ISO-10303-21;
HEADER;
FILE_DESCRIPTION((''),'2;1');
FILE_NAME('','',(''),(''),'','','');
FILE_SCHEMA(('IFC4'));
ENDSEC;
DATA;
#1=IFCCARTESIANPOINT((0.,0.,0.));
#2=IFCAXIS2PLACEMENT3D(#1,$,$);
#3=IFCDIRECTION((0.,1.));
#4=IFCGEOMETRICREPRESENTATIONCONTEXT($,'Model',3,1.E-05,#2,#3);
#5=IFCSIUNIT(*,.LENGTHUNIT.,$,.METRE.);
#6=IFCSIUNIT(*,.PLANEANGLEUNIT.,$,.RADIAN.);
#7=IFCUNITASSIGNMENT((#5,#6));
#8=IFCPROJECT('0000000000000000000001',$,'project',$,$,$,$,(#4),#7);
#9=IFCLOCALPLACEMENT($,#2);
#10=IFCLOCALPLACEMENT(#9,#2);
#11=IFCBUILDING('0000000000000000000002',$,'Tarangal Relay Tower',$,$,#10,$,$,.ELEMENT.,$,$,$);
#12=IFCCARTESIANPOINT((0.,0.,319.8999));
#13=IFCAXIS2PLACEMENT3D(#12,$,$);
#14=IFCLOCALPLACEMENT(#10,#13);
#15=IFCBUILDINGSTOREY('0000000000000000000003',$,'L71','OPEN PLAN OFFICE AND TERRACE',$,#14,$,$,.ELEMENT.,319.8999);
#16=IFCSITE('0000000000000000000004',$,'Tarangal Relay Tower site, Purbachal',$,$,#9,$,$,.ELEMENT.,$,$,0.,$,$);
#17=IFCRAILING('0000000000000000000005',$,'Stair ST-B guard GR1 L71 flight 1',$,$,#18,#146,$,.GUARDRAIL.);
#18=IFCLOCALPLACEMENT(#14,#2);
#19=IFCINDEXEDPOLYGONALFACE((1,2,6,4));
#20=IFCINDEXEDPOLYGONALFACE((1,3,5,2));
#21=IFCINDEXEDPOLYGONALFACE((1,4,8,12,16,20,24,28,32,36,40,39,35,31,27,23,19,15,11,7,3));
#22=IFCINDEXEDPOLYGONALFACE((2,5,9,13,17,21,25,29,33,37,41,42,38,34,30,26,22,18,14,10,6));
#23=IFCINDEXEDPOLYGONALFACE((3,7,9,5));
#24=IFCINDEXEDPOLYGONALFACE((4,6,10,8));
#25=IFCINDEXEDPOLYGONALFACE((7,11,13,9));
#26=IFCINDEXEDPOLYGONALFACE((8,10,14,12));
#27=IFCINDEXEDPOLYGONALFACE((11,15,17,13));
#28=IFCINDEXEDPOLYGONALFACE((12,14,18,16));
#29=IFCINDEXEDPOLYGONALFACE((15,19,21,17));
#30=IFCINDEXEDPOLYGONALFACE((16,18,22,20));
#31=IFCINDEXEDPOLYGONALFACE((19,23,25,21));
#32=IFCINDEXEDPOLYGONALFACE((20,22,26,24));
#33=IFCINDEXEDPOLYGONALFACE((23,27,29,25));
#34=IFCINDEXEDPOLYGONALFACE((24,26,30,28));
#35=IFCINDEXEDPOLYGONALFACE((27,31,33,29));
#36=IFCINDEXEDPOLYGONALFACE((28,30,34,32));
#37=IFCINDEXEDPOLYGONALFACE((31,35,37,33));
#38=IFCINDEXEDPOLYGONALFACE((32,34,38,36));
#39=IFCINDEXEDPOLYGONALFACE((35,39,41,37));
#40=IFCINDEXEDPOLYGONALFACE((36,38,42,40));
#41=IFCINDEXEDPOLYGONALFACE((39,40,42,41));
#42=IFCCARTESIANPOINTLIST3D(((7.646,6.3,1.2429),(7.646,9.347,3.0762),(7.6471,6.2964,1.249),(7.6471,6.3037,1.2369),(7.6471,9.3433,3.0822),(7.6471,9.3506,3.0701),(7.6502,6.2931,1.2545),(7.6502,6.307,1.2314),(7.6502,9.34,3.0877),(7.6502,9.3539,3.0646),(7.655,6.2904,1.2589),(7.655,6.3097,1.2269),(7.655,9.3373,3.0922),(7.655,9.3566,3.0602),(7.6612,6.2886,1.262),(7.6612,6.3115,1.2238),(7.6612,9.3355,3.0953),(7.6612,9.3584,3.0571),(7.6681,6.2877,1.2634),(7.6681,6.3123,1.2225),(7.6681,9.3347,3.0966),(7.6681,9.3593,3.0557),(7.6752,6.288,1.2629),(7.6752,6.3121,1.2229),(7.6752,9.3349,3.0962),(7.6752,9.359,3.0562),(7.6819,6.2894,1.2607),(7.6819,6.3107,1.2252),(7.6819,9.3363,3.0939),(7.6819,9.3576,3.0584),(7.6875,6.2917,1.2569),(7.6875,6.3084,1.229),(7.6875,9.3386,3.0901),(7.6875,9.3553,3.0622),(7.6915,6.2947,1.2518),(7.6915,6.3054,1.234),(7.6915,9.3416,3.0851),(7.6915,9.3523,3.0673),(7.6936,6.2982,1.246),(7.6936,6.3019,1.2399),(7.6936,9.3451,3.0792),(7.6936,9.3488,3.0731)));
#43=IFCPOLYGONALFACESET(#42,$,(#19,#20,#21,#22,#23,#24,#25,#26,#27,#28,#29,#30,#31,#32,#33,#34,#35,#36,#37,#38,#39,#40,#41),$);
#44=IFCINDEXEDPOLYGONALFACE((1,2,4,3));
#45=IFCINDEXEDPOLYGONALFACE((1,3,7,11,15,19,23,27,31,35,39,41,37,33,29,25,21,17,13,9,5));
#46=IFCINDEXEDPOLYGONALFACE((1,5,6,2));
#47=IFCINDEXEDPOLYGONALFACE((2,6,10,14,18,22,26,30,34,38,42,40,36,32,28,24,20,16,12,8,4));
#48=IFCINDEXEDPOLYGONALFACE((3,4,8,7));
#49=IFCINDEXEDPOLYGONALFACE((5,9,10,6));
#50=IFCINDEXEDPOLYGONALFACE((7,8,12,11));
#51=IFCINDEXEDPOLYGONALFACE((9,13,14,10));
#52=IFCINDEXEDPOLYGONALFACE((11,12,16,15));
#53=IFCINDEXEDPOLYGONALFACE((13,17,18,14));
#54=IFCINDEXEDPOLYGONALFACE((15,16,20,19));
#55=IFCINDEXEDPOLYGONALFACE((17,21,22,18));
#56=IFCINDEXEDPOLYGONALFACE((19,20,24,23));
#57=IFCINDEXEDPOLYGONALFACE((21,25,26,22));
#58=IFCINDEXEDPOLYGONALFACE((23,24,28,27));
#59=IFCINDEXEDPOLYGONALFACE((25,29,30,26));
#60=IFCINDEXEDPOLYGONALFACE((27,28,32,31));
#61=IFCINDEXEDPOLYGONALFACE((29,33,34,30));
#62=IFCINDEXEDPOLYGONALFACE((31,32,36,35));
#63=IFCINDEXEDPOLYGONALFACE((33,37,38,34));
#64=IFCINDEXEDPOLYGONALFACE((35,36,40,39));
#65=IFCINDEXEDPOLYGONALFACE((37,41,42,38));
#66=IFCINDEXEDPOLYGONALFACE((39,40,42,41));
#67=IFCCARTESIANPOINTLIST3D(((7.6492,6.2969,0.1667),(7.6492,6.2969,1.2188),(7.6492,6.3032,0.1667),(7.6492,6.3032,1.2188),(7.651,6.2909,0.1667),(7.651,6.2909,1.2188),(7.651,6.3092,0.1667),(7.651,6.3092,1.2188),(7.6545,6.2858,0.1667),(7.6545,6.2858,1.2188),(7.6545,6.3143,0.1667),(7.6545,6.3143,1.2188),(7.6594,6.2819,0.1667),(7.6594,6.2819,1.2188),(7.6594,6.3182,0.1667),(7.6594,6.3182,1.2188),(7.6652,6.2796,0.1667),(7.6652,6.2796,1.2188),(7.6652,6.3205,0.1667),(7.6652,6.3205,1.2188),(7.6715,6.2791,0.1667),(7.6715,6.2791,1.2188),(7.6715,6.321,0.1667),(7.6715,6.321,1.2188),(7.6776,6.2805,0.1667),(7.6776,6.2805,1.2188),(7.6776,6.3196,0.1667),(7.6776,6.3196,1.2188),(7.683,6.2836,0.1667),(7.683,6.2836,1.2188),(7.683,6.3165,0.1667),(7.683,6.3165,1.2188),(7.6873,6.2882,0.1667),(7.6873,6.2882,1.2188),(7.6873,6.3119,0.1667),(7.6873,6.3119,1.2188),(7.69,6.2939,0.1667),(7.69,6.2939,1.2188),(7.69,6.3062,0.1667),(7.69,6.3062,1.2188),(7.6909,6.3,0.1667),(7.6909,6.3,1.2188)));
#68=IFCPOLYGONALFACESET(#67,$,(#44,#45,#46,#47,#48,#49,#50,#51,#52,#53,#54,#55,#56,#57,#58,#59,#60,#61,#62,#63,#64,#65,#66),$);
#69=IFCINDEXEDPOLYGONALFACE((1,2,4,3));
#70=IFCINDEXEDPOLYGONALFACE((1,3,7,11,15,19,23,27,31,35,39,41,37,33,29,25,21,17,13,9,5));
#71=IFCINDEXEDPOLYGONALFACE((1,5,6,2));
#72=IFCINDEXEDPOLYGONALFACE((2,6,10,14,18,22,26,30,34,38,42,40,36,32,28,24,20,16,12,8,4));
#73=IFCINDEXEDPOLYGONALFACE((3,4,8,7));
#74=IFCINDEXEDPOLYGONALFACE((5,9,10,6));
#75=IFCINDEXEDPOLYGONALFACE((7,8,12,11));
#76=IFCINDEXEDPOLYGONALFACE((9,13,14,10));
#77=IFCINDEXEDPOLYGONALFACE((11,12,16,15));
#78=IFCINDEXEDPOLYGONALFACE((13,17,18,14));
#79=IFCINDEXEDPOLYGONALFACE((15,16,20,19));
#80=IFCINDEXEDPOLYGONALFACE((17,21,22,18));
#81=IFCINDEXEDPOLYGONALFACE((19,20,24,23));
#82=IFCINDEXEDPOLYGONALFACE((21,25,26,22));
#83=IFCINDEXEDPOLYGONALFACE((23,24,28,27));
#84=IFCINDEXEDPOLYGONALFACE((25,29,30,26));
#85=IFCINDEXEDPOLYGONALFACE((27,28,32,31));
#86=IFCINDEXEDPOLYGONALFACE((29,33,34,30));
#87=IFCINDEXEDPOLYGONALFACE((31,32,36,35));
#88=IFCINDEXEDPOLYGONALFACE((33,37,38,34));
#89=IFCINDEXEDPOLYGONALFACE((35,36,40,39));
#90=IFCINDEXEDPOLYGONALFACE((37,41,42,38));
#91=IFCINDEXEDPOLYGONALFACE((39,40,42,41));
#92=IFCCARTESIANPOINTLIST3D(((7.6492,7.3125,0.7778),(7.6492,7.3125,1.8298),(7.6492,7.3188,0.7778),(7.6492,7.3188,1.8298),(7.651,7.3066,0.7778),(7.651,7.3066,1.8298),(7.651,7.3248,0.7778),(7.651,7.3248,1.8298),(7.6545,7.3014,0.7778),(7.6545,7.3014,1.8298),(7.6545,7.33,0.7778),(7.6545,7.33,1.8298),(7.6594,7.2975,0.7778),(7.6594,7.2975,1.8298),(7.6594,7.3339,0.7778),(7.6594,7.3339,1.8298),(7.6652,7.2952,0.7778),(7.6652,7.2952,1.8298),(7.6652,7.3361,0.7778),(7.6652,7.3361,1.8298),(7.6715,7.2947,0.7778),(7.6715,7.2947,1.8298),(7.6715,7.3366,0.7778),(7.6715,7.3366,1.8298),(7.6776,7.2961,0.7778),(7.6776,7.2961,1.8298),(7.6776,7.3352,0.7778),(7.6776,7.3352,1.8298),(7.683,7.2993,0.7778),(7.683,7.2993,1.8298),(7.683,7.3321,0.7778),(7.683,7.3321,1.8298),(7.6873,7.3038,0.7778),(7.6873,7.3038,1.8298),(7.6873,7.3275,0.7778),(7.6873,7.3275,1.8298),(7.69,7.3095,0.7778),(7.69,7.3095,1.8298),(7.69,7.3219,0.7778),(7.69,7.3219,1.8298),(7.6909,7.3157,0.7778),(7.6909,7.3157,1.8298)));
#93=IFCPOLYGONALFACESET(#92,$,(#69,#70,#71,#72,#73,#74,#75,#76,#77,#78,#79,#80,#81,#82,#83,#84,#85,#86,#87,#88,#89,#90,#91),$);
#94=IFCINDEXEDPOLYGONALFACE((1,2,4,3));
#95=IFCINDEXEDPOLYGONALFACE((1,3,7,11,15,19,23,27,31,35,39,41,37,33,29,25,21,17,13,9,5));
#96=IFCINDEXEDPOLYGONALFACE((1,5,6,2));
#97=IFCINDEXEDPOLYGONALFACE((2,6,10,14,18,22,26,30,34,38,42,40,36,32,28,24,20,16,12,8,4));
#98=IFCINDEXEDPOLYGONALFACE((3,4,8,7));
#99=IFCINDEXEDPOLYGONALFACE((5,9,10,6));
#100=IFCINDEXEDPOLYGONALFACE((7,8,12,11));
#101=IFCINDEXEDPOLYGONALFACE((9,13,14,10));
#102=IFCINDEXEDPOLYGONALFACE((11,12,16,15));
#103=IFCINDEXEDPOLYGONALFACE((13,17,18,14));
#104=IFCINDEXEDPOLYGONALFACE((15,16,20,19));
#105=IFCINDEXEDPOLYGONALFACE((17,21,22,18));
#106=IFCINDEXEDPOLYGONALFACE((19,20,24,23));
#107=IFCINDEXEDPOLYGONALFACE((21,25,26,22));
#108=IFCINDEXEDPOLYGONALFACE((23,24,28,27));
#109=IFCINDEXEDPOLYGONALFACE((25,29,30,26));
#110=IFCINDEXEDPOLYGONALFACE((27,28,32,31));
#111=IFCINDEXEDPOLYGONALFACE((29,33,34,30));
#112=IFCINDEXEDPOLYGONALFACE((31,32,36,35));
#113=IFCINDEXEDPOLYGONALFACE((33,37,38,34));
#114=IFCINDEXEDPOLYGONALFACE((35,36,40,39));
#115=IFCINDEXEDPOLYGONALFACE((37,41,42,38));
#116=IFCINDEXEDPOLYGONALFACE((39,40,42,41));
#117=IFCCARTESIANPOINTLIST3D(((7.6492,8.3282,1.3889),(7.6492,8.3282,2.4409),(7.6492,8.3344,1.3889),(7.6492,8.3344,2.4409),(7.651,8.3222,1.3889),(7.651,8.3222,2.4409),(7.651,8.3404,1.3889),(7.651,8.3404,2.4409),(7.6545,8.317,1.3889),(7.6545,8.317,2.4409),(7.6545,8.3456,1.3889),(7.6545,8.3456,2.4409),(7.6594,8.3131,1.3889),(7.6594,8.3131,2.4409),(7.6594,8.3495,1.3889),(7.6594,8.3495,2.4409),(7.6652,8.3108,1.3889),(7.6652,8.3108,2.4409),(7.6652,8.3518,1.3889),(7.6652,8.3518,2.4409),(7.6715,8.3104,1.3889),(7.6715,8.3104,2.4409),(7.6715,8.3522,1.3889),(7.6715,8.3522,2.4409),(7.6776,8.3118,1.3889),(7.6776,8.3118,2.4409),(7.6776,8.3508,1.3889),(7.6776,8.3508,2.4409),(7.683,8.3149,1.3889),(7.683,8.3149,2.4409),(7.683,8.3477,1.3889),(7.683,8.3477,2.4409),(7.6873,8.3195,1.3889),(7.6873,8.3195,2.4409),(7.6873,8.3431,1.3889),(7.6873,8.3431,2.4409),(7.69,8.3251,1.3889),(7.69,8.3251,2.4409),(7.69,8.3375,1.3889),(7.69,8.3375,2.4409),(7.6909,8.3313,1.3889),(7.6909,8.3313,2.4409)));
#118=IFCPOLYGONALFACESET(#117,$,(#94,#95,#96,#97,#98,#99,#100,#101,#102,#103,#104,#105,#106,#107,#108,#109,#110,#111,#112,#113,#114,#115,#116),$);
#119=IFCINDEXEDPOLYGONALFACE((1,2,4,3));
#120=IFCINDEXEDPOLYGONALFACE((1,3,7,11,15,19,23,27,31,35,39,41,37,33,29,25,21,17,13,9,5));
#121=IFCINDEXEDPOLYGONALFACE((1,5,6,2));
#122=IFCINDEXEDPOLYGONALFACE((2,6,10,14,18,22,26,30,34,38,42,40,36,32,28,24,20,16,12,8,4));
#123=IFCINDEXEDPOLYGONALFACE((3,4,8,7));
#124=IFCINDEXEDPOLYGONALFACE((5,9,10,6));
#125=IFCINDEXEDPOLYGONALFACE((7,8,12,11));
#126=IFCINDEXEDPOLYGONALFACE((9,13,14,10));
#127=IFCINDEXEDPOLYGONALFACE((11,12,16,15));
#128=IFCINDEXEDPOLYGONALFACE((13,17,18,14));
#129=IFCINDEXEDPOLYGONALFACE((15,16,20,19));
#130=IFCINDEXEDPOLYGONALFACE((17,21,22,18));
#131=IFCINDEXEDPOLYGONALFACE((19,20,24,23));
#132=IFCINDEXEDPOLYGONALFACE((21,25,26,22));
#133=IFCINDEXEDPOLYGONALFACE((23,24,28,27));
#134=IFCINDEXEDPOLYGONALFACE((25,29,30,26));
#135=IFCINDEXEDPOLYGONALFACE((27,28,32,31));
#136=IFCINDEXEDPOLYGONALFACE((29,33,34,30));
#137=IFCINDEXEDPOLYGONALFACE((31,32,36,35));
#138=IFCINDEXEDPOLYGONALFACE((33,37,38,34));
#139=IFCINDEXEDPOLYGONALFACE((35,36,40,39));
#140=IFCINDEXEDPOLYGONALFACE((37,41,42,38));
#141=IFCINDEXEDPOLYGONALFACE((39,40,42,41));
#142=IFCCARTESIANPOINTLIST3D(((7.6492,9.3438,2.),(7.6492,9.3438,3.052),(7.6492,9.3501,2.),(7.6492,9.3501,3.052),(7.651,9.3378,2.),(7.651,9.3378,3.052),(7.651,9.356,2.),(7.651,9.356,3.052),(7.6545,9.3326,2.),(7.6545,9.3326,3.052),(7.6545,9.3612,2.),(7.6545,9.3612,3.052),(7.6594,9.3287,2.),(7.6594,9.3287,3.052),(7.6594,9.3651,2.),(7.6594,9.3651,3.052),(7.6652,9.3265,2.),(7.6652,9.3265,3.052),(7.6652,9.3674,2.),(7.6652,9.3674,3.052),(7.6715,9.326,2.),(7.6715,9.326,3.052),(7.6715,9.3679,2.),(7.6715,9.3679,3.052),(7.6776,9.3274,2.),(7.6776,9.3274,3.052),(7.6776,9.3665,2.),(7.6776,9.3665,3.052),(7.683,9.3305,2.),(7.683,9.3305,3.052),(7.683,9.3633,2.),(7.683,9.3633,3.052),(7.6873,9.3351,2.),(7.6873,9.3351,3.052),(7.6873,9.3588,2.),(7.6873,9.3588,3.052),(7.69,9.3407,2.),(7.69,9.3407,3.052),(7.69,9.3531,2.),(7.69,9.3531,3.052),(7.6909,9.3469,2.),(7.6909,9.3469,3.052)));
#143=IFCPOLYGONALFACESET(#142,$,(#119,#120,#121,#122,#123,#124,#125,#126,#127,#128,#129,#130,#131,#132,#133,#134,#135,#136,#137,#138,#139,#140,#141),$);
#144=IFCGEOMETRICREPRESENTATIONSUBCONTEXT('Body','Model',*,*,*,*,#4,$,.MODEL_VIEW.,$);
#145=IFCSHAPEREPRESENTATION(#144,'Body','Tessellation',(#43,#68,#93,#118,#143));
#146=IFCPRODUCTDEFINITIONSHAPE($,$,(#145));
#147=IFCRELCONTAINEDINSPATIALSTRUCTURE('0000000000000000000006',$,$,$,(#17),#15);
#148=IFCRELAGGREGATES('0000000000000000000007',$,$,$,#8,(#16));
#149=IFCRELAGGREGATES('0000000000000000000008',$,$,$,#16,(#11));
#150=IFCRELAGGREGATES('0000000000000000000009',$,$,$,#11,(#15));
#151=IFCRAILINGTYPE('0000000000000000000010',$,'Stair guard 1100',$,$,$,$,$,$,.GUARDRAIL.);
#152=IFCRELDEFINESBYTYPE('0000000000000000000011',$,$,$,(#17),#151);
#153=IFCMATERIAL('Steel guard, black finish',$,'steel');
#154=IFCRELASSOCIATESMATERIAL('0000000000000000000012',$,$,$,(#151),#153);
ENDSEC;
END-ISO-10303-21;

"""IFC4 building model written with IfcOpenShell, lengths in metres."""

from ifc_helpers import new_model, si_unit, direction, frame, origin, origin_2d, place, context, subcontext, project, spatial, circle, extrude, material, type_object, element, save


model = new_model("IFC4")

# Units and contexts
model_context = context("Model", 3, precision=1e-05, world=origin(), true_north=direction((0.0, 1.0)))
body_context = subcontext(model_context, "Body", "Model", "MODEL_VIEW")
ifc_project = project(units=[si_unit("LENGTHUNIT", "METRE"), si_unit("PLANEANGLEUNIT", "RADIAN")], contexts=[model_context])

# Site, building, storey
site_placement = place(None, origin())
site = spatial("IfcSite", under=ifc_project, at=site_placement, Name="Tarangal Relay Tower site, Purbachal", CompositionType="ELEMENT", RefElevation=0.0)
building_placement = place(site_placement, origin())
building = spatial("IfcBuilding", under=site, at=building_placement, Name="Tarangal Relay Tower", CompositionType="ELEMENT")
storey_placement = place(building_placement, frame((0.0, 0.0, 319.8999)))
storey = spatial("IfcBuildingStorey", under=building, at=storey_placement, Name="L71", Description="OPEN PLAN OFFICE AND TERRACE", CompositionType="ELEMENT", Elevation=319.8999)

# Railing
ifc_material_1 = material(Name="Steel guard, black finish", Category="steel")
railing_type_1 = type_object("IfcRailingType", Name="Stair guard 1100", PredefinedType="GUARDRAIL", material=ifc_material_1)
railing_1_placement = place(storey_placement, frame((7.6699, 6.3, 0.1667)))
element("IfcRailing", 1, at=railing_1_placement, inside=storey, type_object=railing_type_1, Name="Stair ST-B guard GR1 L71 flight 1", PredefinedType="GUARDRAIL", context=body_context, shape_type="SweptSolid", body=[
    extrude(circle(Radius=0.0239, at=origin_2d()), frame((0.0, 0.0, 1.0762), z_axis=(0.0, 0.856856, 0.515556), x_axis=(-1.0, 0.0, 0.0)), (0.0, 0.0, 1.0), 3.5559),
    extrude(circle(Radius=0.021, at=origin_2d()), origin(), (0.0, 0.0, 1.0), 1.052),
    extrude(circle(Radius=0.021, at=origin_2d()), frame((0.0, 1.0156, 0.6111)), (0.0, 0.0, 1.0), 1.052),
    extrude(circle(Radius=0.021, at=origin_2d()), frame((0.0, 2.0312, 1.2222)), (0.0, 0.0, 1.0), 1.052),
    extrude(circle(Radius=0.021, at=origin_2d()), frame((0.0, 3.0469, 1.8333)), (0.0, 0.0, 1.0), 1.052),
])

save(model, "model.ifc")
